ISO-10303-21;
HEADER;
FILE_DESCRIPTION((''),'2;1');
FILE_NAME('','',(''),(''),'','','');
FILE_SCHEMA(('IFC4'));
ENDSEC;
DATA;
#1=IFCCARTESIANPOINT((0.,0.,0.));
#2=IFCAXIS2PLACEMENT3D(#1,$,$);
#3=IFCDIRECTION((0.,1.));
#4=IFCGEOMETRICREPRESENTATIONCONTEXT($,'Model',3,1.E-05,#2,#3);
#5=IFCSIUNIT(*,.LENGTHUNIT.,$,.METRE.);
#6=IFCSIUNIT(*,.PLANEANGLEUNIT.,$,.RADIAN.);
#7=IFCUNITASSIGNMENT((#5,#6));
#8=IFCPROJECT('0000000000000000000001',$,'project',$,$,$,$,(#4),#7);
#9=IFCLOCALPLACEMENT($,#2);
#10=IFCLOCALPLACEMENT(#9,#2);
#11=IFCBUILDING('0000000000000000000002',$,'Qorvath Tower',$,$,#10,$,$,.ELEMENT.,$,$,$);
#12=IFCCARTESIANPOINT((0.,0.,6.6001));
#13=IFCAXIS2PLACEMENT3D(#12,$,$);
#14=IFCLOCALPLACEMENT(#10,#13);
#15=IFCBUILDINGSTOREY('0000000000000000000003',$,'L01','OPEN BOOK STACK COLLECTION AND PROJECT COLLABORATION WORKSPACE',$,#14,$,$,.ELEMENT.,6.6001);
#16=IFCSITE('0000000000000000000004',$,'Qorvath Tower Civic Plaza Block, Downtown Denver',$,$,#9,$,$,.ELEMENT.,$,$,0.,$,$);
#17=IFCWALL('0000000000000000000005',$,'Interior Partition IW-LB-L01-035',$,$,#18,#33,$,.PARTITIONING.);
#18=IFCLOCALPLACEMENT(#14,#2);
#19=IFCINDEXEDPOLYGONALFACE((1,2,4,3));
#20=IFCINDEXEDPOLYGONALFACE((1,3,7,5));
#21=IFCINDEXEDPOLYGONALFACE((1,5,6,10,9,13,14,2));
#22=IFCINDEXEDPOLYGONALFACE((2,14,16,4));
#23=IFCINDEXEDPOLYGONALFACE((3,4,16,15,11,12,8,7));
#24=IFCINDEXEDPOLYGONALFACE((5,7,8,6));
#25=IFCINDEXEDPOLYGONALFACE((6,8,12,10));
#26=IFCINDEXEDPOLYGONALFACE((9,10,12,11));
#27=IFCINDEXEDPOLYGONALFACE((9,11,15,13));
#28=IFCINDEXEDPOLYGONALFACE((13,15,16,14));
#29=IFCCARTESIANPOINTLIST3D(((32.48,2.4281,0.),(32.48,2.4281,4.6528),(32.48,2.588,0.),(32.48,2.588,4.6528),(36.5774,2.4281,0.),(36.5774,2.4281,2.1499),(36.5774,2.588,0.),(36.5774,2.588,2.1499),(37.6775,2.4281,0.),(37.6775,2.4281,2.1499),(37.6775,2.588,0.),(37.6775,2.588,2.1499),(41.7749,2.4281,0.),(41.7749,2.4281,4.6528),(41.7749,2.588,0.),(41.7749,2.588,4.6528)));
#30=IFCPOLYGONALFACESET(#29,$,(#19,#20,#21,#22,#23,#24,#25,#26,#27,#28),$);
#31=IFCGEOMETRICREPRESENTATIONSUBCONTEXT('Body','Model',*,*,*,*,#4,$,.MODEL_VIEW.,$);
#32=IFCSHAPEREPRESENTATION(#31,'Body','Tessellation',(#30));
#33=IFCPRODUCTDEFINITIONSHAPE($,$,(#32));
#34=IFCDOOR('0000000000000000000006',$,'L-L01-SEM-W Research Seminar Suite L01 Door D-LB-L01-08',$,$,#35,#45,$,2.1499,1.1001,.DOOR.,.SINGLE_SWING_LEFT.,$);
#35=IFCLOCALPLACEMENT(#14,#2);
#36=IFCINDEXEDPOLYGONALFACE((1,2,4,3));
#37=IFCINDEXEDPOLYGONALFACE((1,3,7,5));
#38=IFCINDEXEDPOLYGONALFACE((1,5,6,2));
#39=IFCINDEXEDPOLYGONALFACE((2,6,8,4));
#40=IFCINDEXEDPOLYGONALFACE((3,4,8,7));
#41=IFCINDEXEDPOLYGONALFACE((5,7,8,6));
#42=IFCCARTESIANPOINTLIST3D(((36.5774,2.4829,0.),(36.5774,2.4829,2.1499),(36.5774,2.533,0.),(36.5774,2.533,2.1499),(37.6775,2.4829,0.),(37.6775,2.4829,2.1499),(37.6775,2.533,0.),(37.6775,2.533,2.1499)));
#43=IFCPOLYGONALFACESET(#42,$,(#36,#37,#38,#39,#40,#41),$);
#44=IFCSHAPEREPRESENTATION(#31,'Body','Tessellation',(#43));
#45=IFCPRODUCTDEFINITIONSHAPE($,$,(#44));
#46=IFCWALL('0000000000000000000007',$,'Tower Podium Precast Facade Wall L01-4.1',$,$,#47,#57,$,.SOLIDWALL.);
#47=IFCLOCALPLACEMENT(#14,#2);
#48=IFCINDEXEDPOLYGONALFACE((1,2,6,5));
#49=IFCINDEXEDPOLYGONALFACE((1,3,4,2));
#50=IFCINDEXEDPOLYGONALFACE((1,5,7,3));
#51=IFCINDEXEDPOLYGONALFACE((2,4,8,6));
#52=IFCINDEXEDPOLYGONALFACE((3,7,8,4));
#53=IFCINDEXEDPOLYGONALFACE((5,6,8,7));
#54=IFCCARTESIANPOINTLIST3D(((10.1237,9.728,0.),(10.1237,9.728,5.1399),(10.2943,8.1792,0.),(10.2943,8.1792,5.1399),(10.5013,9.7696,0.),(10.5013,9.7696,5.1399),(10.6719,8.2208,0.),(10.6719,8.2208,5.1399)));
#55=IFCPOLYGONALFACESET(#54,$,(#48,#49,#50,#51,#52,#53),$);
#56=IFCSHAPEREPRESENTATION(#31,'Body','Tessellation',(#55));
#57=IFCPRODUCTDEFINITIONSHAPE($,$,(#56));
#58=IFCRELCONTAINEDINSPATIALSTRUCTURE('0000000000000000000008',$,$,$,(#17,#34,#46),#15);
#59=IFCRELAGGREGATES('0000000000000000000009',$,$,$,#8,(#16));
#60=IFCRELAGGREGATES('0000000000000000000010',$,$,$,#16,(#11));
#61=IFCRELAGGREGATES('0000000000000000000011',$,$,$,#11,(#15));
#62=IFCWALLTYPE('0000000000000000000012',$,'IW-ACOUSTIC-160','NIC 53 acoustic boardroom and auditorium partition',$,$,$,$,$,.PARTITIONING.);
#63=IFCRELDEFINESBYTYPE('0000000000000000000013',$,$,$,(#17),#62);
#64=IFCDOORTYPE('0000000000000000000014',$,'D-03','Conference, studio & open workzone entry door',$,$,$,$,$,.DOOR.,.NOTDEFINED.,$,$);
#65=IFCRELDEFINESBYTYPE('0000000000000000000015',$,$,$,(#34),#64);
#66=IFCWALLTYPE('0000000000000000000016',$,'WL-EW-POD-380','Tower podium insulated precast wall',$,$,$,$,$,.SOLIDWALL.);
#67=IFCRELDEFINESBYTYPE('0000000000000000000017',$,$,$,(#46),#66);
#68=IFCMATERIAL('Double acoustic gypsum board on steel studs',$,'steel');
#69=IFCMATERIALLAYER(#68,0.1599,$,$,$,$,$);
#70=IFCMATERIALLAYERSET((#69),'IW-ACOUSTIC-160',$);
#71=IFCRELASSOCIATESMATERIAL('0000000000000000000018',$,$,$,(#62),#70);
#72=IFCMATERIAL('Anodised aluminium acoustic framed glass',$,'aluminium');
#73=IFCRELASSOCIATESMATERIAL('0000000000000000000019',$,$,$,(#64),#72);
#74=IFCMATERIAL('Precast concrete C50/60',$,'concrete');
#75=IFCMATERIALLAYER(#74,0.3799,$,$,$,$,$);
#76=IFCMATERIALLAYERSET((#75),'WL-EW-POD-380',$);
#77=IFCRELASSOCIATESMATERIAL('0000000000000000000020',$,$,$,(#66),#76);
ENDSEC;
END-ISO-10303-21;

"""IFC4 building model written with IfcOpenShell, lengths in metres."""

from ifc_helpers import new_model, si_unit, direction, frame, frame_2d, origin, place, context, subcontext, project, spatial, rectangle, extrude, material, layer, layer_set, type_object, element, fill, save


model = new_model("IFC4")

# Units and contexts
model_context = context("Model", 3, precision=1e-05, world=origin(), true_north=direction((0.0, 1.0)))
body_context = subcontext(model_context, "Body", "Model", "MODEL_VIEW")
ifc_project = project(units=[si_unit("LENGTHUNIT", "METRE"), si_unit("PLANEANGLEUNIT", "RADIAN")], contexts=[model_context])

# Site, building, storey
site_placement = place(None, origin())
site = spatial("IfcSite", under=ifc_project, at=site_placement, Name="Qorvath Tower Civic Plaza Block, Downtown Denver", CompositionType="ELEMENT", RefElevation=0.0)
building_placement = place(site_placement, origin())
building = spatial("IfcBuilding", under=site, at=building_placement, Name="Qorvath Tower", CompositionType="ELEMENT")
storey_placement = place(building_placement, frame((0.0, 0.0, 6.6001)))
storey = spatial("IfcBuildingStorey", under=building, at=storey_placement, Name="L01", Description="OPEN BOOK STACK COLLECTION AND PROJECT COLLABORATION WORKSPACE", CompositionType="ELEMENT", Elevation=6.6001)

# Wall, opening, door
ifc_material_1 = material(Name="Double acoustic gypsum board on steel studs", Category="steel")
ifc_layer_1 = layer(ifc_material_1, 0.1599)
ifc_layer_set_1 = layer_set([ifc_layer_1], Name="IW-ACOUSTIC-160")
wall_type_1 = type_object("IfcWallType", Name="IW-ACOUSTIC-160", Description="NIC 53 acoustic boardroom and auditorium partition", PredefinedType="PARTITIONING", material=ifc_layer_set_1)
wall_1_placement = place(storey_placement, frame((32.48, 2.5081, 0.0), z_axis=(0.0, 0.0, 1.0), x_axis=(1.0, 0.0, 0.0)))
wall_1 = element("IfcWall", 1, at=wall_1_placement, inside=storey, type_object=wall_type_1, Name="Interior Partition IW-LB-L01-035", PredefinedType="PARTITIONING", context=body_context, shape_type="SweptSolid", body=[
    extrude(rectangle(XDim=9.2949, YDim=0.1599, at=frame_2d((4.6475, 0.0))), origin(), (0.0, 0.0, 1.0), 4.6528),
])
opening_placement = place(wall_1_placement, frame((4.0974, 0.0, 0.0)))
opening = element("IfcOpeningElement", 2, at=opening_placement, cuts=wall_1, PredefinedType="OPENING", context=body_context, shape_type="SweptSolid", body=[
    extrude(rectangle(XDim=1.1001, YDim=2.1499, at=frame_2d((0.55, 1.075))), frame((0.0, 0.0898, 0.0), z_axis=(0.0, -1.0, 0.0), x_axis=(1.0, 0.0, 0.0)), (0.0, 0.0, 1.0), 0.1799),
])
ifc_material_2 = material(Name="Anodised aluminium acoustic framed glass", Category="aluminium")
door_type = type_object("IfcDoorType", Name="D-03", Description="Conference, studio & open workzone entry door", OperationType="NOTDEFINED", PredefinedType="DOOR", material=ifc_material_2)
door_placement = place(opening_placement, origin())
door = element("IfcDoor", 3, at=door_placement, inside=storey, type_object=door_type, Name="L-L01-SEM-W Research Seminar Suite L01 Door D-LB-L01-08", OperationType="SINGLE_SWING_LEFT", OverallHeight=2.1499, OverallWidth=1.1001, PredefinedType="DOOR", context=body_context, shape_type="SweptSolid", body=[
    extrude(rectangle(XDim=1.1001, YDim=2.1499, at=frame_2d((0.55, 1.075))), frame((0.0, 0.0249, 0.0), z_axis=(0.0, -1.0, 0.0), x_axis=(1.0, 0.0, 0.0)), (0.0, 0.0, 1.0), 0.05),
])
fill(opening, door)

# Wall
ifc_material_3 = material(Name="Precast concrete C50/60", Category="concrete")
ifc_layer_2 = layer(ifc_material_3, 0.3799)
ifc_layer_set_2 = layer_set([ifc_layer_2], Name="WL-EW-POD-380")
wall_type_2 = type_object("IfcWallType", Name="WL-EW-POD-380", Description="Tower podium insulated precast wall", PredefinedType="SOLIDWALL", material=ifc_layer_set_2)
wall_2_placement = place(storey_placement, frame((10.3125, 9.7488, 0.0), z_axis=(0.0, 0.0, 1.0), x_axis=(0.10952, -0.993985, 0.0)))
element("IfcWall", 4, at=wall_2_placement, inside=storey, type_object=wall_type_2, Name="Tower Podium Precast Facade Wall L01-4.1", PredefinedType="SOLIDWALL", context=body_context, shape_type="SweptSolid", body=[
    extrude(rectangle(XDim=1.5581, YDim=0.3799, at=frame_2d((0.7791, 0.0))), origin(), (0.0, 0.0, 1.0), 5.1399),
])

save(model, "model.ifc")
